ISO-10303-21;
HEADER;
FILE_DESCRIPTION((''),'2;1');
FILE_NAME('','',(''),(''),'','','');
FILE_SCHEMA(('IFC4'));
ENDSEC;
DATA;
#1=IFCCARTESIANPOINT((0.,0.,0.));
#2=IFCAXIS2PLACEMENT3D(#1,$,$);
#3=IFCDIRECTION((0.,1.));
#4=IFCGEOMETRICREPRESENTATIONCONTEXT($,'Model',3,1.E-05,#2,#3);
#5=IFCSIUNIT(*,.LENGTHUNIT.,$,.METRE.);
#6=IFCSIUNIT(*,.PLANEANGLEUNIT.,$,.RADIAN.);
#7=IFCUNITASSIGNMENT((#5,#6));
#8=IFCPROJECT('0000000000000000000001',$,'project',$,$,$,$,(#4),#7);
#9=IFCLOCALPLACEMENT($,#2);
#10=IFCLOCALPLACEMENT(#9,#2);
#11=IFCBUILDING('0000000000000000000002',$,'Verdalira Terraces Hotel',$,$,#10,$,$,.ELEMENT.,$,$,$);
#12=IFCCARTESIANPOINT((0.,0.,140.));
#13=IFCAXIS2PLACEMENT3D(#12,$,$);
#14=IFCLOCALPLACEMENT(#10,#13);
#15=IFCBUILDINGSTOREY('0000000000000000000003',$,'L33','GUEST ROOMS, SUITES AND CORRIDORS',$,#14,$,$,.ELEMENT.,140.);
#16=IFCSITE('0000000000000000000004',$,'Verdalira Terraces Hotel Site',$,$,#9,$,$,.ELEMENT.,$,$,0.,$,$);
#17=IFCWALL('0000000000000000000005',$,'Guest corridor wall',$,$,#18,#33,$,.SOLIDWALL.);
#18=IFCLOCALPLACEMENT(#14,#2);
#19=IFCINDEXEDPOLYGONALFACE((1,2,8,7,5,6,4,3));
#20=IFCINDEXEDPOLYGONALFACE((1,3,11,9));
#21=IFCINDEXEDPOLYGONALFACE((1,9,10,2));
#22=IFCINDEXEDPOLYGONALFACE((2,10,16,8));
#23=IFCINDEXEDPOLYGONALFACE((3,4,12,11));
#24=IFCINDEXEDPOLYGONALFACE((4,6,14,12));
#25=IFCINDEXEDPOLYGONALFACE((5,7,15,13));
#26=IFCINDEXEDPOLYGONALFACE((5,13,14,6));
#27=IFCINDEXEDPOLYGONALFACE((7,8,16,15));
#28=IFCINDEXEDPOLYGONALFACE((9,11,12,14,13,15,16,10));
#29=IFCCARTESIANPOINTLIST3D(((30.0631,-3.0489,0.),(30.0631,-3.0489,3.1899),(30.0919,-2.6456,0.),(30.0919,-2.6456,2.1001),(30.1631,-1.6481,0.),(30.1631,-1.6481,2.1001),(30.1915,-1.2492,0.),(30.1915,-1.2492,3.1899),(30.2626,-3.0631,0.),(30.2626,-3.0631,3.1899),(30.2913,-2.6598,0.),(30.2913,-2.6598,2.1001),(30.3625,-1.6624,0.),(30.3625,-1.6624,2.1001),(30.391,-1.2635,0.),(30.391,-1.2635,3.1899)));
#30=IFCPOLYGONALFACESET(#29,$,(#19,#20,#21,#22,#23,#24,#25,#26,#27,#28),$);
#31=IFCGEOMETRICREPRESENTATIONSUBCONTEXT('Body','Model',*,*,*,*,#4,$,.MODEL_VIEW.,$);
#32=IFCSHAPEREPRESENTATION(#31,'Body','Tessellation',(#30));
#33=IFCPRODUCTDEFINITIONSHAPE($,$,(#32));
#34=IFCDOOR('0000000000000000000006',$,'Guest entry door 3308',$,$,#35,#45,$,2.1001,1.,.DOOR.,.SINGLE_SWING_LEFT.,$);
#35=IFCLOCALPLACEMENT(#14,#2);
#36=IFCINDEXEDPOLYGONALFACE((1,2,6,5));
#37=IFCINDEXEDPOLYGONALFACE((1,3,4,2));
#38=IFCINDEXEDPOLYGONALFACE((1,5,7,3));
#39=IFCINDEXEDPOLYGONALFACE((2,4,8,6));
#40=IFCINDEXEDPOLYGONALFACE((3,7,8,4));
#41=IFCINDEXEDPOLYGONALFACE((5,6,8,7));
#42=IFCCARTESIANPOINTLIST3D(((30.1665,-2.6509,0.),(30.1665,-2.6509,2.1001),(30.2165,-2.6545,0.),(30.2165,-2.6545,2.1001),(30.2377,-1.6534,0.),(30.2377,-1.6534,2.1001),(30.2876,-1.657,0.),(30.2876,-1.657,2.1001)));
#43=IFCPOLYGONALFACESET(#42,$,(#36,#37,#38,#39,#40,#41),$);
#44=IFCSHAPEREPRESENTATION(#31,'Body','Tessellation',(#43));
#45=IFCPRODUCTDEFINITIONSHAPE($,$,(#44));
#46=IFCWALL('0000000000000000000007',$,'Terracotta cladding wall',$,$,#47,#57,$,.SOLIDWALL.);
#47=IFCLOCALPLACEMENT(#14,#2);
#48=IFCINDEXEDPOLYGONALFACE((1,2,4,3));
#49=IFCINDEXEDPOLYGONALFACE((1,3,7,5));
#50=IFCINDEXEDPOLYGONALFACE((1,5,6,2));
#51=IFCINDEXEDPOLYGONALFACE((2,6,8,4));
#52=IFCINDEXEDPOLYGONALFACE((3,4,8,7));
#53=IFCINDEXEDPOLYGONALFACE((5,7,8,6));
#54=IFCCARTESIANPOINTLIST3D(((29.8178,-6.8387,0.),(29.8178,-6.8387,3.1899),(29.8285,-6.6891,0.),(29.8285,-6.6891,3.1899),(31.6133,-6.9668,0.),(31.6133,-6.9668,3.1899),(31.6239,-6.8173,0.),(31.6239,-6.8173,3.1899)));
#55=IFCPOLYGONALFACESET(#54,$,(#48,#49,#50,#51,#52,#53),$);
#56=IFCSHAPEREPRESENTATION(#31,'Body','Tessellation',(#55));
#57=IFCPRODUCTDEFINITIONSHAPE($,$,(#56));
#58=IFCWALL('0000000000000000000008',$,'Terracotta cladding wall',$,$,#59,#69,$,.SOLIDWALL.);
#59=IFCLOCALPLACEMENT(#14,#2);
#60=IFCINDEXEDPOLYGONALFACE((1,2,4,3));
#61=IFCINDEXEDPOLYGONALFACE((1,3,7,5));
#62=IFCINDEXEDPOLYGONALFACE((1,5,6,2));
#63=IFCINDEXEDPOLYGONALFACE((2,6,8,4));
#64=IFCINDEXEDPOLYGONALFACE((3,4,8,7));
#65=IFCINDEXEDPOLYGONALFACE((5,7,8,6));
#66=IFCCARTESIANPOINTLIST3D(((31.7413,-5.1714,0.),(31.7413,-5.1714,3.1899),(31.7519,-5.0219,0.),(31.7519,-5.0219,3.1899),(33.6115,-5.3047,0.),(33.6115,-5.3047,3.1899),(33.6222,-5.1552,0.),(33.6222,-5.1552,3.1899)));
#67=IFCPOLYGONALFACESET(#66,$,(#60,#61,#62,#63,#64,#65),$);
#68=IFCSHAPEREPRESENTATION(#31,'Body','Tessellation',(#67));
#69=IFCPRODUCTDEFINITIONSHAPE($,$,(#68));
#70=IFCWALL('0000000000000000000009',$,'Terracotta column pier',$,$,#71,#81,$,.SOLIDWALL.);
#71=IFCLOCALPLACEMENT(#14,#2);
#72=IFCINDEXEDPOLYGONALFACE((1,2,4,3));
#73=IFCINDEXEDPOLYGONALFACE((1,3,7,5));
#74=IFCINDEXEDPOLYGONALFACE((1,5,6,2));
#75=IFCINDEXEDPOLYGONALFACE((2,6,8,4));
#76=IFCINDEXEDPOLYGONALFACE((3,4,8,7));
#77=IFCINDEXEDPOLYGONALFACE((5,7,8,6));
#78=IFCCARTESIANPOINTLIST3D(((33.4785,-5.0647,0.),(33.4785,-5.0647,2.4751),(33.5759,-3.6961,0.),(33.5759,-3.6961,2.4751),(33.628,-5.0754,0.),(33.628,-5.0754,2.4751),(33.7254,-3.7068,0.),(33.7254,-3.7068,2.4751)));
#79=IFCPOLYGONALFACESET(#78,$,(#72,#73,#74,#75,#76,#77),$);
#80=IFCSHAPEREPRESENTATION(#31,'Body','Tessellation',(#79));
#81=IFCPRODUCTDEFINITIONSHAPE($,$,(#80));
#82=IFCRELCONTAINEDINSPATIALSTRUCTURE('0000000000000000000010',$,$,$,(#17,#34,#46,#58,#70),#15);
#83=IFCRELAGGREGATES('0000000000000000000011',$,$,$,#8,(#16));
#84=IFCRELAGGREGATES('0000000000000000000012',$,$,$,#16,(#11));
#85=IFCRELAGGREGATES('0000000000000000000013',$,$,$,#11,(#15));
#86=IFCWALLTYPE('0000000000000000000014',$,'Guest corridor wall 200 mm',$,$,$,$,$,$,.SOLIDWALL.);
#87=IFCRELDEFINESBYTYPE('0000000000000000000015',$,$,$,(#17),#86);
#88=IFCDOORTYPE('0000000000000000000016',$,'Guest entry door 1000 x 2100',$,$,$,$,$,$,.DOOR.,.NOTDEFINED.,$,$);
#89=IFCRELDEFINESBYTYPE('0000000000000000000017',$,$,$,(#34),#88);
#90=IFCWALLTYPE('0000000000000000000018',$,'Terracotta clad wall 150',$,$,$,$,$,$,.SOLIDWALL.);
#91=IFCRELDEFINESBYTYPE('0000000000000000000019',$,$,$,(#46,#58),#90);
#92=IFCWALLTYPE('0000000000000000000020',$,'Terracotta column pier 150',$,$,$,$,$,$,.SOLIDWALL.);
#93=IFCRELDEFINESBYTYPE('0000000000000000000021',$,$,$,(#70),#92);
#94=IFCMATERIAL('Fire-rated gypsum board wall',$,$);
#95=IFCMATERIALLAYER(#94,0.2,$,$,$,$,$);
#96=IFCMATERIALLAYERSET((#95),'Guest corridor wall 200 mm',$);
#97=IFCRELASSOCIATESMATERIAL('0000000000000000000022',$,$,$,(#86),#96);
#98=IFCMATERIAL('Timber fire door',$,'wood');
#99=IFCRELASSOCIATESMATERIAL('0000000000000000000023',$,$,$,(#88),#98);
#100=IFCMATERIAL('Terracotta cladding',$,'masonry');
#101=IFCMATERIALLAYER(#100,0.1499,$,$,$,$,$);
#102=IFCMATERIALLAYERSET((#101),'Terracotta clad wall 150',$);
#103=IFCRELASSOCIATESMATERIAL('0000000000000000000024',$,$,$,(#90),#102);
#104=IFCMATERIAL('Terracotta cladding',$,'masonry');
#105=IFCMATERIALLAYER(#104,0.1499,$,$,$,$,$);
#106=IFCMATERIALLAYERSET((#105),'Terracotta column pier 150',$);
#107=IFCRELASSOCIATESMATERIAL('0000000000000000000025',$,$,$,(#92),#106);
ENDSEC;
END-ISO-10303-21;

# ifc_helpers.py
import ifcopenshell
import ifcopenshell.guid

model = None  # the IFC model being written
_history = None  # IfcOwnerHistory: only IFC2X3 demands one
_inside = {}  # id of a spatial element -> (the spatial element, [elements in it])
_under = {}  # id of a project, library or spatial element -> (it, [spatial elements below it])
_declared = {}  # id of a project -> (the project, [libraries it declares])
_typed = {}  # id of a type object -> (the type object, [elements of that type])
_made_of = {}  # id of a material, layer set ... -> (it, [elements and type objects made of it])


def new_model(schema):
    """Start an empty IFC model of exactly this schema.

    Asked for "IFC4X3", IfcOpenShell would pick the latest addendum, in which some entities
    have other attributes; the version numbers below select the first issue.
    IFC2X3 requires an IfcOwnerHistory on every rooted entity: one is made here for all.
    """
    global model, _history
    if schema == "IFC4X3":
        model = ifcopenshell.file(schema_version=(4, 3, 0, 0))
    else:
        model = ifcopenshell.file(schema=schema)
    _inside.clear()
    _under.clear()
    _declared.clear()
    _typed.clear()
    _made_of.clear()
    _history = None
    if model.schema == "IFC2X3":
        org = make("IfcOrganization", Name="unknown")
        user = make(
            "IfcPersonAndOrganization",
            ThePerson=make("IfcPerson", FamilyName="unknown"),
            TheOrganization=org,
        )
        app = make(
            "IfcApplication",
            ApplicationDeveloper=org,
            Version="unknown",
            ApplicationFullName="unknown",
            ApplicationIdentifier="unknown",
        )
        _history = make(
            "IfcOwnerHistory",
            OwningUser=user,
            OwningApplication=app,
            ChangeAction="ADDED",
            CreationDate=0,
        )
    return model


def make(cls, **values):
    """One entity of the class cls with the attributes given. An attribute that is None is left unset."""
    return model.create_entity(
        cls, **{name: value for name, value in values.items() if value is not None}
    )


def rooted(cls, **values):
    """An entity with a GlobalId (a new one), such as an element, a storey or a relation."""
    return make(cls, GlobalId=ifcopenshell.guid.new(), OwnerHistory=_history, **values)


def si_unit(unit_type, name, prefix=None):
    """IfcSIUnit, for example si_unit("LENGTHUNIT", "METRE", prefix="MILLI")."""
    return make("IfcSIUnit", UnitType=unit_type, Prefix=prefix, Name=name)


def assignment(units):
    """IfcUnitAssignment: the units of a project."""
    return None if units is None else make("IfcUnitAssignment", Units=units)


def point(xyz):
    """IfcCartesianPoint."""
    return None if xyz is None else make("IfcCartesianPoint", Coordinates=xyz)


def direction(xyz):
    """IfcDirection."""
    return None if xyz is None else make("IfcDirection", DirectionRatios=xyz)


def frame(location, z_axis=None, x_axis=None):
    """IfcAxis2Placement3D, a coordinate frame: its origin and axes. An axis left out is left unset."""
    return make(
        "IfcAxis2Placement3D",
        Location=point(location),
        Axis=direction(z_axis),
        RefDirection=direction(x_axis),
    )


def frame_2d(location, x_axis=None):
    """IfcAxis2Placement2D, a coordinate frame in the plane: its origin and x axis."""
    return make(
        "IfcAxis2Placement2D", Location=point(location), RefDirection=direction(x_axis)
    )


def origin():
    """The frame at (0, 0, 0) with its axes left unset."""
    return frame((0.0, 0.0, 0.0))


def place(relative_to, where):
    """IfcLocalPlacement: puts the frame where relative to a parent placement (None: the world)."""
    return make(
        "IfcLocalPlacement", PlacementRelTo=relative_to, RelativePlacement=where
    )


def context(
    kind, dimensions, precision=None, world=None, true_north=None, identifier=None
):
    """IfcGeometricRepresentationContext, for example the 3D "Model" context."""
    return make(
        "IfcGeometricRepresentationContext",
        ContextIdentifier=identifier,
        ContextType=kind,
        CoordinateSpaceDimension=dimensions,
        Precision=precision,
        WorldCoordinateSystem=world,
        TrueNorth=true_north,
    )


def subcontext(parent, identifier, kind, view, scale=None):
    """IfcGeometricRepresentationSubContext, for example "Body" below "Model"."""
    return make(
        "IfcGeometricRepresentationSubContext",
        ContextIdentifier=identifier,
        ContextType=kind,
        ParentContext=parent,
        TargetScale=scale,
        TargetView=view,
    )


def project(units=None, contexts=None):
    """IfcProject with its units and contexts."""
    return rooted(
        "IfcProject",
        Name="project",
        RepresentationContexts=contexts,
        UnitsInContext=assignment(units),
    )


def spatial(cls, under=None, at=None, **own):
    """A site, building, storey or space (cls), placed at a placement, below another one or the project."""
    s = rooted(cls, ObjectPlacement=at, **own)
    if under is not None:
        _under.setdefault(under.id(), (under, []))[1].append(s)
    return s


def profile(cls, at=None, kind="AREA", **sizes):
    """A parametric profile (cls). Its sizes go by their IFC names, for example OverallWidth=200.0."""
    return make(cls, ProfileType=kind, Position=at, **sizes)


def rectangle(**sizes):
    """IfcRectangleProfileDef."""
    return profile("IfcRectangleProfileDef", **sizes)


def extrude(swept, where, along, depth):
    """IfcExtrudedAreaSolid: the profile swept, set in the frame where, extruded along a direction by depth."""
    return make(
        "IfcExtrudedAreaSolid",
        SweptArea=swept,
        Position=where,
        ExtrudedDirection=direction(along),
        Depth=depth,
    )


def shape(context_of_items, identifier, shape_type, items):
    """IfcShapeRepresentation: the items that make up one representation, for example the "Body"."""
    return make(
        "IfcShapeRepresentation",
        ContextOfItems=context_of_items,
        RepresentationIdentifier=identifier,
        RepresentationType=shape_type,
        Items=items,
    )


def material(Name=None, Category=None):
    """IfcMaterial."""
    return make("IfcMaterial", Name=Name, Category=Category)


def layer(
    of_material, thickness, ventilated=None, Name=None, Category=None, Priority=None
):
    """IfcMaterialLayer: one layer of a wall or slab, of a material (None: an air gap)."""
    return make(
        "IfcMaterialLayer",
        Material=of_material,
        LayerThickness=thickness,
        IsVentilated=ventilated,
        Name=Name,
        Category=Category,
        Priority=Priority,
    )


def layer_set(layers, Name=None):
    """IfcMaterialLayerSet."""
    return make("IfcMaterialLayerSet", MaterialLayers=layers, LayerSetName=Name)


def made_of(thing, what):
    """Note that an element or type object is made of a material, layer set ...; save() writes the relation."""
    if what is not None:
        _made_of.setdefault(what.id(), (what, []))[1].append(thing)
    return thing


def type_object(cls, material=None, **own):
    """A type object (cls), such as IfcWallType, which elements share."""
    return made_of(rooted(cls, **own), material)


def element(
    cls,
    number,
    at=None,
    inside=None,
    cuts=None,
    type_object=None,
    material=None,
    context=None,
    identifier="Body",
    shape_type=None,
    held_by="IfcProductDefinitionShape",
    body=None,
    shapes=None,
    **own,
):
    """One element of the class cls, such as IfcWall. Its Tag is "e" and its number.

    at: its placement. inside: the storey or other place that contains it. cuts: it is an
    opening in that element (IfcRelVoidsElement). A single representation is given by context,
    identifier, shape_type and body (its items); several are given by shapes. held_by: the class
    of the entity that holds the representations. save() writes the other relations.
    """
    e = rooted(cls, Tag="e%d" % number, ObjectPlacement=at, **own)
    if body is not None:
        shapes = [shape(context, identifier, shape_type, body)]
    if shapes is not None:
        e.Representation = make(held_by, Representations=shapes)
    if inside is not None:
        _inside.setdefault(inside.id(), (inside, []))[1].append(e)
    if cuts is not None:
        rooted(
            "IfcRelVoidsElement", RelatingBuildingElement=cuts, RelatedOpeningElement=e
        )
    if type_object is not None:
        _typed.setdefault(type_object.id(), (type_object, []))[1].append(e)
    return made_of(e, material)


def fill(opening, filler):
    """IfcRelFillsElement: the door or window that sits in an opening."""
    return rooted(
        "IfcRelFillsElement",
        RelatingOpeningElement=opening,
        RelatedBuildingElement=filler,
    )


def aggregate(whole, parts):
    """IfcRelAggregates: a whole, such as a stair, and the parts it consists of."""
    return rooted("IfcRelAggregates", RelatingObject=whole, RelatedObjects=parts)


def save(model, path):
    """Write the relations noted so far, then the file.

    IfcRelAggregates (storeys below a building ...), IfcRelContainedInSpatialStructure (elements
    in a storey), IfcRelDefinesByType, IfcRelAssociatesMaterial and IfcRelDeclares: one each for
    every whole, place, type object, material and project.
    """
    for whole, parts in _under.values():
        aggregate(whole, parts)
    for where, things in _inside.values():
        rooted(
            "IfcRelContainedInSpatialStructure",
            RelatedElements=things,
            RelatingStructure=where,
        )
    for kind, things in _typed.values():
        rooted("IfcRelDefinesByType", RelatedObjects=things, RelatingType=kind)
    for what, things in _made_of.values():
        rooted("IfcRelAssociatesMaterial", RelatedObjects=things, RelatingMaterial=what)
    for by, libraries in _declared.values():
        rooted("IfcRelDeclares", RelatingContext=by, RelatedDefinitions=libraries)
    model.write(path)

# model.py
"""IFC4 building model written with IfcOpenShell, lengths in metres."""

from ifc_helpers import new_model, si_unit, direction, frame, frame_2d, origin, place, context, subcontext, project, spatial, rectangle, extrude, material, layer, layer_set, type_object, element, fill, save


model = new_model("IFC4")

# Units and contexts
model_context = context("Model", 3, precision=1e-05, world=origin(), true_north=direction((0.0, 1.0)))
body_context = subcontext(model_context, "Body", "Model", "MODEL_VIEW")
ifc_project = project(units=[si_unit("LENGTHUNIT", "METRE"), si_unit("PLANEANGLEUNIT", "RADIAN")], contexts=[model_context])

# Site, building, storey
site_placement = place(None, origin())
site = spatial("IfcSite", under=ifc_project, at=site_placement, Name="Verdalira Terraces Hotel Site", CompositionType="ELEMENT", RefElevation=0.0)
building_placement = place(site_placement, origin())
building = spatial("IfcBuilding", under=site, at=building_placement, Name="Verdalira Terraces Hotel", CompositionType="ELEMENT")
storey_placement = place(building_placement, frame((0.0, 0.0, 140.0)))
storey = spatial("IfcBuildingStorey", under=building, at=storey_placement, Name="L33", Description="GUEST ROOMS, SUITES AND CORRIDORS", CompositionType="ELEMENT", Elevation=140.0)

# Shared definitions
ifc_material_1 = material(Name="Fire-rated gypsum board wall")
ifc_layer_1 = layer(ifc_material_1, 0.2)
ifc_layer_set_1 = layer_set([ifc_layer_1], Name="Guest corridor wall 200 mm")
wall_type_1 = type_object("IfcWallType", Name="Guest corridor wall 200 mm", PredefinedType="SOLIDWALL", material=ifc_layer_set_1)

# Wall, opening, door
ifc_material_2 = material(Name="Timber fire door", Category="wood")
door_type_1 = type_object("IfcDoorType", Name="Guest entry door 1000 x 2100", OperationType="NOTDEFINED", PredefinedType="DOOR", material=ifc_material_2)
wall_1_placement = place(storey_placement, frame((30.2913, -1.2563, 0.0), z_axis=(0.0, 0.0, 1.0), x_axis=(-0.07118, -0.997464, 0.0)))
wall_1 = element("IfcWall", 1, at=wall_1_placement, inside=storey, type_object=wall_type_1, Name="Guest corridor wall", PredefinedType="SOLIDWALL", context=body_context, shape_type="SweptSolid", body=[
    extrude(rectangle(XDim=1.8042, YDim=0.2, at=frame_2d((0.9021, 0.0))), origin(), (0.0, 0.0, 1.0), 3.1899),
])
opening_1_placement = place(wall_1_placement, frame((0.3999, 0.0, 0.0)))
opening_1 = element("IfcOpeningElement", 2, at=opening_1_placement, cuts=wall_1, PredefinedType="OPENING", context=body_context, shape_type="SweptSolid", body=[
    extrude(rectangle(XDim=1.0, YDim=2.1001, at=frame_2d((0.5, 1.05))), frame((0.0, 0.1099, 0.0), z_axis=(0.0, -1.0, 0.0), x_axis=(1.0, 0.0, 0.0)), (0.0, 0.0, 1.0), 0.22),
])
door_1_placement = place(opening_1_placement, origin())
door_1 = element("IfcDoor", 3, at=door_1_placement, inside=storey, type_object=door_type_1, Name="Guest entry door 3308", OperationType="SINGLE_SWING_LEFT", OverallHeight=2.1001, OverallWidth=1.0, PredefinedType="DOOR", context=body_context, shape_type="SweptSolid", body=[
    extrude(rectangle(XDim=1.0, YDim=2.1001, at=frame_2d((0.5, 1.05))), frame((0.0, 0.0249, 0.0), z_axis=(0.0, -1.0, 0.0), x_axis=(1.0, 0.0, 0.0)), (0.0, 0.0, 1.0), 0.05),
])
fill(opening_1, door_1)

# Walls
ifc_material_3 = material(Name="Terracotta cladding", Category="masonry")
ifc_layer_2 = layer(ifc_material_3, 0.1499)
ifc_layer_set_2 = layer_set([ifc_layer_2], Name="Terracotta clad wall 150")
wall_type_2 = type_object("IfcWallType", Name="Terracotta clad wall 150", PredefinedType="SOLIDWALL", material=ifc_layer_set_2)
wall_2_placement = place(storey_placement, frame((29.8232, -6.7639, 0.0), z_axis=(0.0, 0.0, 1.0), x_axis=(0.997461, -0.071208, 0.0)))
element("IfcWall", 4, at=wall_2_placement, inside=storey, type_object=wall_type_2, Name="Terracotta cladding wall", PredefinedType="SOLIDWALL", context=body_context, shape_type="SweptSolid", body=[
    extrude(rectangle(XDim=1.8, YDim=0.1499, at=frame_2d((0.8999, 0.0))), origin(), (0.0, 0.0, 1.0), 3.1899),
])
wall_3_placement = place(storey_placement, frame((31.7466, -5.0967, 0.0), z_axis=(0.0, 0.0, 1.0), x_axis=(0.99747, -0.07109, 0.0)))
element("IfcWall", 5, at=wall_3_placement, inside=storey, type_object=wall_type_2, Name="Terracotta cladding wall", PredefinedType="SOLIDWALL", context=body_context, shape_type="SweptSolid", body=[
    extrude(rectangle(XDim=1.875, YDim=0.1499, at=frame_2d((0.9375, 0.0))), origin(), (0.0, 0.0, 1.0), 3.1899),
])
ifc_material_4 = material(Name="Terracotta cladding", Category="masonry")
ifc_layer_3 = layer(ifc_material_4, 0.1499)
ifc_layer_set_3 = layer_set([ifc_layer_3], Name="Terracotta column pier 150")
wall_type_3 = type_object("IfcWallType", Name="Terracotta column pier 150", PredefinedType="SOLIDWALL", material=ifc_layer_set_3)
wall_4_placement = place(storey_placement, frame((33.5532, -5.0701, 0.0), z_axis=(0.0, 0.0, 1.0), x_axis=(0.070994, 0.997477, 0.0)))
element("IfcWall", 6, at=wall_4_placement, inside=storey, type_object=wall_type_3, Name="Terracotta column pier", PredefinedType="SOLIDWALL", context=body_context, shape_type="SweptSolid", body=[
    extrude(rectangle(XDim=1.3721, YDim=0.1499, at=frame_2d((0.686, 0.0))), origin(), (0.0, 0.0, 1.0), 2.4751),
])

save(model, "model.ifc")
